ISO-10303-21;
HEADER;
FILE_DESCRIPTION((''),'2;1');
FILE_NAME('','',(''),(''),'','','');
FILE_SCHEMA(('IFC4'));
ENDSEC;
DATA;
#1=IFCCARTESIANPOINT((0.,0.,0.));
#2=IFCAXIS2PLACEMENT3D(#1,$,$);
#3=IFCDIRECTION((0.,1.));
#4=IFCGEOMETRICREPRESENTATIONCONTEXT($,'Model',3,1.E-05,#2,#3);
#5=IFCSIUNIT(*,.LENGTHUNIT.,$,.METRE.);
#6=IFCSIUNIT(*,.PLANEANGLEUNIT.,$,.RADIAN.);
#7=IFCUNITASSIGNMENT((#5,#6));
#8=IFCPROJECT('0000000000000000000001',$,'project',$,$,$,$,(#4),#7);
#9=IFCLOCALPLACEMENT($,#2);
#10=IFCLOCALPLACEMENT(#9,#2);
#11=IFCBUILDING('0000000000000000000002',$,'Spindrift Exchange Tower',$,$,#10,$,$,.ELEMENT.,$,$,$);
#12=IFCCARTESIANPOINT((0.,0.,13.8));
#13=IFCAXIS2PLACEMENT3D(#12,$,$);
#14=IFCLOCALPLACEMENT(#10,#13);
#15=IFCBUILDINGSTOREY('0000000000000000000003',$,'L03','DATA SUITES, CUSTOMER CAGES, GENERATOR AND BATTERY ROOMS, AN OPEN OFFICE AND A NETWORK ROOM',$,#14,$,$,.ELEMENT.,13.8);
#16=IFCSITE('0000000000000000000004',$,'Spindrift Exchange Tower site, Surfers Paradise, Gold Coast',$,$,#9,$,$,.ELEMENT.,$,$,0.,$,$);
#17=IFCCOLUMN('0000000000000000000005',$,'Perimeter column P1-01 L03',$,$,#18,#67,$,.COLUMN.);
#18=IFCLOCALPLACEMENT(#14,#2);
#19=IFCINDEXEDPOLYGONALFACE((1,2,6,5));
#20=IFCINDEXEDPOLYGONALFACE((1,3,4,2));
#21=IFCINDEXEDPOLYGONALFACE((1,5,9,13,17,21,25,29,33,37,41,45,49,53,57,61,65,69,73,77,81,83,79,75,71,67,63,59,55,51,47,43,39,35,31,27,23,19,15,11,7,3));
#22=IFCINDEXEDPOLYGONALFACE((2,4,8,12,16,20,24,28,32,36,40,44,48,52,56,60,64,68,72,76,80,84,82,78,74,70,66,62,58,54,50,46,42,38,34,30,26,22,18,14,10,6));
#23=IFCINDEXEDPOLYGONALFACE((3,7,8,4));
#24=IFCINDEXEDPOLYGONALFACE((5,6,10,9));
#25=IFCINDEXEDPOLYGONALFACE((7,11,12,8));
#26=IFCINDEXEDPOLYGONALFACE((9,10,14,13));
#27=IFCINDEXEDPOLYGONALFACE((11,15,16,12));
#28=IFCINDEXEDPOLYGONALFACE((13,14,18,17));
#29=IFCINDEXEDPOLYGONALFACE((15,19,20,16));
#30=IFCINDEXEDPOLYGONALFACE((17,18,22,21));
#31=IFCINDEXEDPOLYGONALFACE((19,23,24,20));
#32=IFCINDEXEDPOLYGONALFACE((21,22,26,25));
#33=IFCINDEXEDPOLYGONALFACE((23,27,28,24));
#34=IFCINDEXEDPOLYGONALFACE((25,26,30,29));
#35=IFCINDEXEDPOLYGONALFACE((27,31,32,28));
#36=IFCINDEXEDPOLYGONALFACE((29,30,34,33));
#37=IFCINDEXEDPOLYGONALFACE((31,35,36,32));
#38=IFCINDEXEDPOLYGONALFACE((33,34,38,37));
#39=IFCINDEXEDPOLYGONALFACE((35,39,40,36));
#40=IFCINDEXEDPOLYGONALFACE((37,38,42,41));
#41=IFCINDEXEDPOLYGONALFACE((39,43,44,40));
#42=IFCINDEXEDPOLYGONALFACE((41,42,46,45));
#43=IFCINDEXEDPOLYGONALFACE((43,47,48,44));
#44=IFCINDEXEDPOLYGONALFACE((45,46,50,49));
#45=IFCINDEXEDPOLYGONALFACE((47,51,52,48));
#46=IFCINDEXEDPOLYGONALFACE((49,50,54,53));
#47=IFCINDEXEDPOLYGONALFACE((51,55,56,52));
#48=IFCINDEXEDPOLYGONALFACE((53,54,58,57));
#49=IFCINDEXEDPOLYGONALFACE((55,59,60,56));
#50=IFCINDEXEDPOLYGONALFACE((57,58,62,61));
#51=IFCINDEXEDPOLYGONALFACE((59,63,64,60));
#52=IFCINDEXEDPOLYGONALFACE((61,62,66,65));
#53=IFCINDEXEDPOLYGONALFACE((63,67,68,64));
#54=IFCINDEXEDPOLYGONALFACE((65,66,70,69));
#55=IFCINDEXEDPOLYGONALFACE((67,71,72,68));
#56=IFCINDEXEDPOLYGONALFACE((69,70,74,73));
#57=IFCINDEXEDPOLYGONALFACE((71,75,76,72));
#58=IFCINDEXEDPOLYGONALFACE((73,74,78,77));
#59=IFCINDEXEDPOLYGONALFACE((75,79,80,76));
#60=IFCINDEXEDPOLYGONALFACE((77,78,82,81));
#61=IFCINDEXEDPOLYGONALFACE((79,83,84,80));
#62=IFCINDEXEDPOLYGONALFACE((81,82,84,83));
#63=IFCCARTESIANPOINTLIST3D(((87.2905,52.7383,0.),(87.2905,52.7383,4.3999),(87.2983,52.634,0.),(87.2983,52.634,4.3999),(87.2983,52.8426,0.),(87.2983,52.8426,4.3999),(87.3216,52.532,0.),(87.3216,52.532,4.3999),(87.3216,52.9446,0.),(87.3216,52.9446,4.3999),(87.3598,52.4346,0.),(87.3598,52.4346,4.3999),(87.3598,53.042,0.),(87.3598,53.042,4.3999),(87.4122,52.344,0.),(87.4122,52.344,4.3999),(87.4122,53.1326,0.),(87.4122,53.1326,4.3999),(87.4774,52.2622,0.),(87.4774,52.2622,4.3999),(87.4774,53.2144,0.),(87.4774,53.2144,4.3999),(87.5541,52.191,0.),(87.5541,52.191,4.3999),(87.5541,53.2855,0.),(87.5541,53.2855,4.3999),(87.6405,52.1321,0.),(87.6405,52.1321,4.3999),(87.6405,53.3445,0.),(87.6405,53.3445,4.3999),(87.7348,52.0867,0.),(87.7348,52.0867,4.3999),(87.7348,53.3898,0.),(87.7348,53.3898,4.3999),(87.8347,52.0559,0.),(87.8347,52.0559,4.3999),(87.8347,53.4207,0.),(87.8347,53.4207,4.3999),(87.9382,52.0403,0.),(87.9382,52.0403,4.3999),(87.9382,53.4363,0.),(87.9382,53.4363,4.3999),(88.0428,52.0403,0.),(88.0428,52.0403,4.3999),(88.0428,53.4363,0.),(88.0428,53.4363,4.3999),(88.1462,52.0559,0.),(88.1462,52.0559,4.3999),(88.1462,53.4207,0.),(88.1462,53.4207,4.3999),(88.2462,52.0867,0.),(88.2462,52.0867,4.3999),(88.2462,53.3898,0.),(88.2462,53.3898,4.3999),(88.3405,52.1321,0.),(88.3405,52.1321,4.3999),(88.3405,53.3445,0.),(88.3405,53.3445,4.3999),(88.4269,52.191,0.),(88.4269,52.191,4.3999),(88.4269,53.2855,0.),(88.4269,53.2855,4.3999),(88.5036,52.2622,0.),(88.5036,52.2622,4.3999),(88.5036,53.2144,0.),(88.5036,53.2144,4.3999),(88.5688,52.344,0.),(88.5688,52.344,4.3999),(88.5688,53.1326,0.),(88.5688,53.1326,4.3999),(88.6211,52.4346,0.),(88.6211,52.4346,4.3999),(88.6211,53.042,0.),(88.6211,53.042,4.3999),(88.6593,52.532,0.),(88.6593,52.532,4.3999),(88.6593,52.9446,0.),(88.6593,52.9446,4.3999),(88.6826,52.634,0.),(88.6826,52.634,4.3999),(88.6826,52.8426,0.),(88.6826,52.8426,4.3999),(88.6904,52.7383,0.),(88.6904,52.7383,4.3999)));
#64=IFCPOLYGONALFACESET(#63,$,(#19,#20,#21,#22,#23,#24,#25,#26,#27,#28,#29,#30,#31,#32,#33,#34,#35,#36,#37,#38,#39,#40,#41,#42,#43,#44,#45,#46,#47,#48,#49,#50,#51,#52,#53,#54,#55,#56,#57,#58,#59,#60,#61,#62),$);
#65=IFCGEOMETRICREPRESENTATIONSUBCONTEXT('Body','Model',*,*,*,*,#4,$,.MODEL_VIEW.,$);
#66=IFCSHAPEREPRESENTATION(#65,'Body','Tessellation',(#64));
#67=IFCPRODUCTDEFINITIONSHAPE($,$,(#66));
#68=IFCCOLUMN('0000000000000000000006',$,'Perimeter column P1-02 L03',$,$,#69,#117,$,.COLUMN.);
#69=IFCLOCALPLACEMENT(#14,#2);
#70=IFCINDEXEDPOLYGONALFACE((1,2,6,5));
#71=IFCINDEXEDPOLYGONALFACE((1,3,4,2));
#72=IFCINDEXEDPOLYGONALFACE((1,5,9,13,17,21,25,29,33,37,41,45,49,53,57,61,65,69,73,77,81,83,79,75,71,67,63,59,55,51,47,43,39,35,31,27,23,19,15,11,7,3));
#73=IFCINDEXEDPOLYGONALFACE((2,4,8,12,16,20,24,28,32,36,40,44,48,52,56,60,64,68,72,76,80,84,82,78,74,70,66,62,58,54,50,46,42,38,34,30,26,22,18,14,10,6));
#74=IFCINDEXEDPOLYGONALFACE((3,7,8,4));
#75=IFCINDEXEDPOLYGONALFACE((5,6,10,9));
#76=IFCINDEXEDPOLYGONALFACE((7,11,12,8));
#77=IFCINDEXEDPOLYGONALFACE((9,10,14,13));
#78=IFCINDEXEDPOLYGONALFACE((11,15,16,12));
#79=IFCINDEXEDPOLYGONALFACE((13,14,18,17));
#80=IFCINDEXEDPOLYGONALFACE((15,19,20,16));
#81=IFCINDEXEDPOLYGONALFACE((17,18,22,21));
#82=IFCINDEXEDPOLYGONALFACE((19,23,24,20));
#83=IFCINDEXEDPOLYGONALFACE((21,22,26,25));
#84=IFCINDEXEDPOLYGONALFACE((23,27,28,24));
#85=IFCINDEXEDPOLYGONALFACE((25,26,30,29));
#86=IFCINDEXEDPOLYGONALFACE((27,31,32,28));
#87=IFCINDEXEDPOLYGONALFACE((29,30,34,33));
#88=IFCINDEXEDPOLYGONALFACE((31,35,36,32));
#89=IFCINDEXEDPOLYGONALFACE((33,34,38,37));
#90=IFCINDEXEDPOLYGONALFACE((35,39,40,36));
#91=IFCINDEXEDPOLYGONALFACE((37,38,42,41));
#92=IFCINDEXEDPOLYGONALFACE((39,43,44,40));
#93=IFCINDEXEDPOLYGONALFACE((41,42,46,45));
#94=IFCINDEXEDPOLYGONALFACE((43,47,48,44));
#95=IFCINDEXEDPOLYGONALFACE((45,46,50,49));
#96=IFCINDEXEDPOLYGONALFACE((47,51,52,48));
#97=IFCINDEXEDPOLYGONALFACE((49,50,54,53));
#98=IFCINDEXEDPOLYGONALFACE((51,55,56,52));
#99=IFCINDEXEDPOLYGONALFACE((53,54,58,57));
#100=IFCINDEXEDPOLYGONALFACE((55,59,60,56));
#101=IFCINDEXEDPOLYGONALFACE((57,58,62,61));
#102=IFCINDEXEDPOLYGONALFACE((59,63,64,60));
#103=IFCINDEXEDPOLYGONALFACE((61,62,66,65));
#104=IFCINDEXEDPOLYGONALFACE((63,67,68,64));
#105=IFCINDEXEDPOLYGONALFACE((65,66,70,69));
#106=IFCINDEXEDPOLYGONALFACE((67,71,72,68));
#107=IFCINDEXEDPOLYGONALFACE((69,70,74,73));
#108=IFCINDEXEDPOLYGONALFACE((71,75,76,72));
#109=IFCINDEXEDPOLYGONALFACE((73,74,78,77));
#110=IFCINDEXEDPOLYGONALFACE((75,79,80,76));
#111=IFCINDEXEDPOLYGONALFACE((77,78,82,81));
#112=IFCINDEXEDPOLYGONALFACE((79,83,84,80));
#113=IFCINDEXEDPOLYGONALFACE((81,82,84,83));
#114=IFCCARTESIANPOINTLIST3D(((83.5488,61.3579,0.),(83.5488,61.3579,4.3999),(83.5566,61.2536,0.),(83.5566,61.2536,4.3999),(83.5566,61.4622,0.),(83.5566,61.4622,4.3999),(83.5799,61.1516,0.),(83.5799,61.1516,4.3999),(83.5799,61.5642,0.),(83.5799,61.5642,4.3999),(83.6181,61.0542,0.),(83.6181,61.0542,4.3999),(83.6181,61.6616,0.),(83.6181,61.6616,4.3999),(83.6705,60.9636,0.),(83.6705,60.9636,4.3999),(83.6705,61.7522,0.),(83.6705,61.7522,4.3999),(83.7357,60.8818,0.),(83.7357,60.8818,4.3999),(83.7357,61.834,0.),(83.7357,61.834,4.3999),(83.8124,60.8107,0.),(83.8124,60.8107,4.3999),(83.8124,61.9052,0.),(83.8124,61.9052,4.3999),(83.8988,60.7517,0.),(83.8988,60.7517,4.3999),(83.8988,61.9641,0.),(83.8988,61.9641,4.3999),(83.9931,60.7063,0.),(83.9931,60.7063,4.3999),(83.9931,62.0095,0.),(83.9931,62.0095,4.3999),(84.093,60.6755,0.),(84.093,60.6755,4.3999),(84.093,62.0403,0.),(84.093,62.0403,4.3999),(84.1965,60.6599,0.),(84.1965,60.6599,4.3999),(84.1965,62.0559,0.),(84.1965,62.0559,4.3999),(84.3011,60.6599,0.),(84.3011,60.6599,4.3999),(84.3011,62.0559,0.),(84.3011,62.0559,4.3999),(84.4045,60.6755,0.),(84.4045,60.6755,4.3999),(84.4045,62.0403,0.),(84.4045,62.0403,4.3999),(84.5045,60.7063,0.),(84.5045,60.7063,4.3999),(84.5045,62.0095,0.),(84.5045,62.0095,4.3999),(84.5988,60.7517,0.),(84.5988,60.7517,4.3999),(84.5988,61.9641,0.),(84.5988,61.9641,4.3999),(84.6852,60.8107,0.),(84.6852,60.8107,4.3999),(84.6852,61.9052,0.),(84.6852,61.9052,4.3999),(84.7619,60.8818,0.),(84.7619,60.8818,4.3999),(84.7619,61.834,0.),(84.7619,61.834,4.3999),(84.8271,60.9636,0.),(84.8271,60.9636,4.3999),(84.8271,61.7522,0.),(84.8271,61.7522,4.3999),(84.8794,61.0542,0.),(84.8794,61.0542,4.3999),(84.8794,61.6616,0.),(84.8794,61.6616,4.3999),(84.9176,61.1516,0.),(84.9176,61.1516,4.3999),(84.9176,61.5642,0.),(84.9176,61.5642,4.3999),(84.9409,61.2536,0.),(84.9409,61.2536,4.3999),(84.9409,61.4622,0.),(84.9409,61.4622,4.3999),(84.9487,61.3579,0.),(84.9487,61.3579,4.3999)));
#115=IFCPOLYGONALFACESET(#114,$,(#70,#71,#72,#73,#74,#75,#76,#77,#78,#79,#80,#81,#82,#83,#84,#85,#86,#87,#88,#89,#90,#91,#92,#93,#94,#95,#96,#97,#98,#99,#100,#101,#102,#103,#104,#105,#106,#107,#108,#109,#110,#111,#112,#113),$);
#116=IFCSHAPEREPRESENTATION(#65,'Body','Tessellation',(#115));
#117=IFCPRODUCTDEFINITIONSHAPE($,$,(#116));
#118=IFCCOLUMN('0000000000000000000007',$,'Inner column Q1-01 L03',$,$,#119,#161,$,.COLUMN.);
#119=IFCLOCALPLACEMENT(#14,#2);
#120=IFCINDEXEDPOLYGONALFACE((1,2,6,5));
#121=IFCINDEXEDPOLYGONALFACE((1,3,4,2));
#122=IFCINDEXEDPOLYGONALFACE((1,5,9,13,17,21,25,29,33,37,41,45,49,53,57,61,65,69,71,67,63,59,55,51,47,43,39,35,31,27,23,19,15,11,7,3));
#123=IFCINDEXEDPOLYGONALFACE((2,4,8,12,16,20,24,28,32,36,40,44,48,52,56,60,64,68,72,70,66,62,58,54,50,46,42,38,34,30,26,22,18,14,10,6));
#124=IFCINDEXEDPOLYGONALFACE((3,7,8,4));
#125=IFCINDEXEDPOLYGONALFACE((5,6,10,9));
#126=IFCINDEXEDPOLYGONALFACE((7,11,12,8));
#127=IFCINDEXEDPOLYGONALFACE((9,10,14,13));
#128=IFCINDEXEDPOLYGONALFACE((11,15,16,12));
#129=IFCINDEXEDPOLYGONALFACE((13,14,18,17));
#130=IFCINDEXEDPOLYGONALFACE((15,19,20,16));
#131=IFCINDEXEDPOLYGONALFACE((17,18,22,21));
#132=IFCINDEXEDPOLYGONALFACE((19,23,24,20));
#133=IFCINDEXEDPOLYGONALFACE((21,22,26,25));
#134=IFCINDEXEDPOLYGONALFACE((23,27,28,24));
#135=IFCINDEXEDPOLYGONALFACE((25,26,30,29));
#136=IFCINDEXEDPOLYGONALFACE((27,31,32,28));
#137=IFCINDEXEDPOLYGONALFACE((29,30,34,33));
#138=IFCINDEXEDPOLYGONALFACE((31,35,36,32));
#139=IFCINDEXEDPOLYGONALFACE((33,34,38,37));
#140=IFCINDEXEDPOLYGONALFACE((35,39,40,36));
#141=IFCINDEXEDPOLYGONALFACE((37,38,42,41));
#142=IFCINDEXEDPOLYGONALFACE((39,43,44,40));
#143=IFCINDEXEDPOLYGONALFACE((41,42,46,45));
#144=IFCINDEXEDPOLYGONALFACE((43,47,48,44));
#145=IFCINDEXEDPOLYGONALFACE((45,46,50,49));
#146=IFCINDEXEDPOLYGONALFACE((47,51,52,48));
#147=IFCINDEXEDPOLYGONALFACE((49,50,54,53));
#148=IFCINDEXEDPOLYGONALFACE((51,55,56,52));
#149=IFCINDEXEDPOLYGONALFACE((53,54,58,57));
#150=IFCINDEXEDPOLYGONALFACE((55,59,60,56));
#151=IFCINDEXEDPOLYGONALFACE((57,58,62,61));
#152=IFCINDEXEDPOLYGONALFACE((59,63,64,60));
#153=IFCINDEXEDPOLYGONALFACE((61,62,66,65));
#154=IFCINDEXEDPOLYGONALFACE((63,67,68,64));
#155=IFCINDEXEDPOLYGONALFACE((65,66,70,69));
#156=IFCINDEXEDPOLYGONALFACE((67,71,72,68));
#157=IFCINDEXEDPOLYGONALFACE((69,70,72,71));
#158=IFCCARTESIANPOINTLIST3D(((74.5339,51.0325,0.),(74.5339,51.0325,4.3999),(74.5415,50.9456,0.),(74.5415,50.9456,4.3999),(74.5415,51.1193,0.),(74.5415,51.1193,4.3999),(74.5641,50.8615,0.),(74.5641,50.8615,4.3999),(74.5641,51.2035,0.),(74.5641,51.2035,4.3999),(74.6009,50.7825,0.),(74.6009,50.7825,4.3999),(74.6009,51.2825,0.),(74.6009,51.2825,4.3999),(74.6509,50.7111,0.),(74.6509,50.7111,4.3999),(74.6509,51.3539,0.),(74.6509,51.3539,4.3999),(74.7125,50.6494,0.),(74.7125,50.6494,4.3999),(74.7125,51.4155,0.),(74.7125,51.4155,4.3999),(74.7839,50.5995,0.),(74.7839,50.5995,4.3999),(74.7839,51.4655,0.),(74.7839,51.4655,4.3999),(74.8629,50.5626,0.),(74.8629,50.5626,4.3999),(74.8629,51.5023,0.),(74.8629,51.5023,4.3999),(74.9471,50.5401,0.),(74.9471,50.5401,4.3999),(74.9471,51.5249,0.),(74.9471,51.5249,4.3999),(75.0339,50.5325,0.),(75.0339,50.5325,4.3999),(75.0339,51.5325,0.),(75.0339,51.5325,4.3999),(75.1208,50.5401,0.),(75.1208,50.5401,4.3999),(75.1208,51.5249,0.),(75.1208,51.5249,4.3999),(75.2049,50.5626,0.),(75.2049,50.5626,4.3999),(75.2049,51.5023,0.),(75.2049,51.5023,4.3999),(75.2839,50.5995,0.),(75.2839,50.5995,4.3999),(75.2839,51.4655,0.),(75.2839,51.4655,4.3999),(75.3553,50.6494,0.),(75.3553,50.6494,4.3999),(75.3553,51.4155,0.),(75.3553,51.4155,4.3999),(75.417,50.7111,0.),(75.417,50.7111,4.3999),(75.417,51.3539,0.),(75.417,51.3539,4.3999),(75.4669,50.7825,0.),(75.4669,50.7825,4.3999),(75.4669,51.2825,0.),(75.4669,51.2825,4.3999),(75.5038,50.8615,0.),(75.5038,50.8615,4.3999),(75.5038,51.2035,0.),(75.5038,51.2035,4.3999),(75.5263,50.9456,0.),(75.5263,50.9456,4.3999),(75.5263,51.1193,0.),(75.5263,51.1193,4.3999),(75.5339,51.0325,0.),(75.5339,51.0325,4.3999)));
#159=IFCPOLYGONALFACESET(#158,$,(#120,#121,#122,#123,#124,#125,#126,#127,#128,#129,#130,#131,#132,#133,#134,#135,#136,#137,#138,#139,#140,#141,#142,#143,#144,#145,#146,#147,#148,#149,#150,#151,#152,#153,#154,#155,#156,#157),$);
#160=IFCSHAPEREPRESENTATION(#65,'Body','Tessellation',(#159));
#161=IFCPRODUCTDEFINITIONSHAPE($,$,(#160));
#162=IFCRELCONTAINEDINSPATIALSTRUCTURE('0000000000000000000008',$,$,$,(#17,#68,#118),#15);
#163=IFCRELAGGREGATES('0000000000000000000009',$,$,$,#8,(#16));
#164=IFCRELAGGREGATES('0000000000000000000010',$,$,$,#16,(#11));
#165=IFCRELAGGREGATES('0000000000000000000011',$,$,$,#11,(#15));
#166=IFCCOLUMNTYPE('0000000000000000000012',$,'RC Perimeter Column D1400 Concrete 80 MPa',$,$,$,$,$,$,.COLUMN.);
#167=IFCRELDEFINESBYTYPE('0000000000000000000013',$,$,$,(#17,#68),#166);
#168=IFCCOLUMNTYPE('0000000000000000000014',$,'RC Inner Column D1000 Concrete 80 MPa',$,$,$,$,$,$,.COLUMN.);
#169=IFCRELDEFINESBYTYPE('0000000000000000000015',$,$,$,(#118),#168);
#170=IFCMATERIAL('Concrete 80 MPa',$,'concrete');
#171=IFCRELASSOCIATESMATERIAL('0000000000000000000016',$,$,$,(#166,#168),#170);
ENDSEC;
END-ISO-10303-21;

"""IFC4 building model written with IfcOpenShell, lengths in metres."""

from ifc_helpers import new_model, si_unit, direction, frame, origin, origin_2d, place, context, subcontext, project, spatial, circle, extrude, source, transform, mapped, material, material_profile, profile_set, type_object, element, save


model = new_model("IFC4")

# Units and contexts
model_context = context("Model", 3, precision=1e-05, world=origin(), true_north=direction((0.0, 1.0)))
body_context = subcontext(model_context, "Body", "Model", "MODEL_VIEW")
ifc_project = project(units=[si_unit("LENGTHUNIT", "METRE"), si_unit("PLANEANGLEUNIT", "RADIAN")], contexts=[model_context])

# Site, building, storey
site_placement = place(None, origin())
site = spatial("IfcSite", under=ifc_project, at=site_placement, Name="Spindrift Exchange Tower site, Surfers Paradise, Gold Coast", CompositionType="ELEMENT", RefElevation=0.0)
building_placement = place(site_placement, origin())
building = spatial("IfcBuilding", under=site, at=building_placement, Name="Spindrift Exchange Tower", CompositionType="ELEMENT")
storey_placement = place(building_placement, frame((0.0, 0.0, 13.8)))
storey = spatial("IfcBuildingStorey", under=building, at=storey_placement, Name="L03", Description="DATA SUITES, CUSTOMER CAGES, GENERATOR AND BATTERY ROOMS, AN OPEN OFFICE AND A NETWORK ROOM", CompositionType="ELEMENT", Elevation=13.8)

# Columns
ifc_material_1 = material(Name="Concrete 80 MPa", Category="concrete")
ifc_material_profile_1 = material_profile(ifc_material_1, circle(Radius=0.7, at=origin_2d()), Name="RC D1400")
ifc_profile_set_1 = profile_set([ifc_material_profile_1], Name="Concrete 80 MPa")
column_type_1 = type_object("IfcColumnType", Name="RC Perimeter Column D1400 Concrete 80 MPa", PredefinedType="COLUMN", material=ifc_profile_set_1)
shared_shape_1 = source(origin(), body_context, "Body", "SweptSolid", [
    extrude(circle(Radius=0.7, at=origin_2d()), origin(), (0.0, 0.0, 1.0), 4.3999),
])
for number, where, z_axis, x_axis, name in (
    (1, (87.9905, 52.7383, 0.0), (0.0, 0.0, 1.0), (1.0, 0.0, 0.0), "Perimeter column P1-01 L03"),
    (2, (84.2488, 61.3579, 0.0), (0.0, 0.0, 1.0), (1.0, 0.0, 0.0), "Perimeter column P1-02 L03"),
):
    element("IfcColumn", number, at=place(storey_placement, frame(where, z_axis=z_axis, x_axis=x_axis)), inside=storey, type_object=column_type_1, Name=name, PredefinedType="COLUMN", context=body_context, shape_type="MappedRepresentation", body=[
        mapped(shared_shape_1, transform((0.0, 0.0, 0.0), scale=1.0)),
    ])
ifc_material_profile_2 = material_profile(ifc_material_1, circle(Radius=0.5, at=origin_2d()), Name="RC D1000")
ifc_profile_set_2 = profile_set([ifc_material_profile_2], Name="Concrete 80 MPa")
column_type_2 = type_object("IfcColumnType", Name="RC Inner Column D1000 Concrete 80 MPa", PredefinedType="COLUMN", material=ifc_profile_set_2)
shared_shape_2 = source(origin(), body_context, "Body", "SweptSolid", [
    extrude(circle(Radius=0.5, at=origin_2d()), origin(), (0.0, 0.0, 1.0), 4.3999),
])
column_1_placement = place(storey_placement, frame((75.0339, 51.0325, 0.0), z_axis=(0.0, 0.0, 1.0), x_axis=(1.0, 0.0, 0.0)))
element("IfcColumn", 3, at=column_1_placement, inside=storey, type_object=column_type_2, Name="Inner column Q1-01 L03", PredefinedType="COLUMN", context=body_context, shape_type="MappedRepresentation", body=[
    mapped(shared_shape_2, transform((0.0, 0.0, 0.0), scale=1.0)),
])

save(model, "model.ifc")
